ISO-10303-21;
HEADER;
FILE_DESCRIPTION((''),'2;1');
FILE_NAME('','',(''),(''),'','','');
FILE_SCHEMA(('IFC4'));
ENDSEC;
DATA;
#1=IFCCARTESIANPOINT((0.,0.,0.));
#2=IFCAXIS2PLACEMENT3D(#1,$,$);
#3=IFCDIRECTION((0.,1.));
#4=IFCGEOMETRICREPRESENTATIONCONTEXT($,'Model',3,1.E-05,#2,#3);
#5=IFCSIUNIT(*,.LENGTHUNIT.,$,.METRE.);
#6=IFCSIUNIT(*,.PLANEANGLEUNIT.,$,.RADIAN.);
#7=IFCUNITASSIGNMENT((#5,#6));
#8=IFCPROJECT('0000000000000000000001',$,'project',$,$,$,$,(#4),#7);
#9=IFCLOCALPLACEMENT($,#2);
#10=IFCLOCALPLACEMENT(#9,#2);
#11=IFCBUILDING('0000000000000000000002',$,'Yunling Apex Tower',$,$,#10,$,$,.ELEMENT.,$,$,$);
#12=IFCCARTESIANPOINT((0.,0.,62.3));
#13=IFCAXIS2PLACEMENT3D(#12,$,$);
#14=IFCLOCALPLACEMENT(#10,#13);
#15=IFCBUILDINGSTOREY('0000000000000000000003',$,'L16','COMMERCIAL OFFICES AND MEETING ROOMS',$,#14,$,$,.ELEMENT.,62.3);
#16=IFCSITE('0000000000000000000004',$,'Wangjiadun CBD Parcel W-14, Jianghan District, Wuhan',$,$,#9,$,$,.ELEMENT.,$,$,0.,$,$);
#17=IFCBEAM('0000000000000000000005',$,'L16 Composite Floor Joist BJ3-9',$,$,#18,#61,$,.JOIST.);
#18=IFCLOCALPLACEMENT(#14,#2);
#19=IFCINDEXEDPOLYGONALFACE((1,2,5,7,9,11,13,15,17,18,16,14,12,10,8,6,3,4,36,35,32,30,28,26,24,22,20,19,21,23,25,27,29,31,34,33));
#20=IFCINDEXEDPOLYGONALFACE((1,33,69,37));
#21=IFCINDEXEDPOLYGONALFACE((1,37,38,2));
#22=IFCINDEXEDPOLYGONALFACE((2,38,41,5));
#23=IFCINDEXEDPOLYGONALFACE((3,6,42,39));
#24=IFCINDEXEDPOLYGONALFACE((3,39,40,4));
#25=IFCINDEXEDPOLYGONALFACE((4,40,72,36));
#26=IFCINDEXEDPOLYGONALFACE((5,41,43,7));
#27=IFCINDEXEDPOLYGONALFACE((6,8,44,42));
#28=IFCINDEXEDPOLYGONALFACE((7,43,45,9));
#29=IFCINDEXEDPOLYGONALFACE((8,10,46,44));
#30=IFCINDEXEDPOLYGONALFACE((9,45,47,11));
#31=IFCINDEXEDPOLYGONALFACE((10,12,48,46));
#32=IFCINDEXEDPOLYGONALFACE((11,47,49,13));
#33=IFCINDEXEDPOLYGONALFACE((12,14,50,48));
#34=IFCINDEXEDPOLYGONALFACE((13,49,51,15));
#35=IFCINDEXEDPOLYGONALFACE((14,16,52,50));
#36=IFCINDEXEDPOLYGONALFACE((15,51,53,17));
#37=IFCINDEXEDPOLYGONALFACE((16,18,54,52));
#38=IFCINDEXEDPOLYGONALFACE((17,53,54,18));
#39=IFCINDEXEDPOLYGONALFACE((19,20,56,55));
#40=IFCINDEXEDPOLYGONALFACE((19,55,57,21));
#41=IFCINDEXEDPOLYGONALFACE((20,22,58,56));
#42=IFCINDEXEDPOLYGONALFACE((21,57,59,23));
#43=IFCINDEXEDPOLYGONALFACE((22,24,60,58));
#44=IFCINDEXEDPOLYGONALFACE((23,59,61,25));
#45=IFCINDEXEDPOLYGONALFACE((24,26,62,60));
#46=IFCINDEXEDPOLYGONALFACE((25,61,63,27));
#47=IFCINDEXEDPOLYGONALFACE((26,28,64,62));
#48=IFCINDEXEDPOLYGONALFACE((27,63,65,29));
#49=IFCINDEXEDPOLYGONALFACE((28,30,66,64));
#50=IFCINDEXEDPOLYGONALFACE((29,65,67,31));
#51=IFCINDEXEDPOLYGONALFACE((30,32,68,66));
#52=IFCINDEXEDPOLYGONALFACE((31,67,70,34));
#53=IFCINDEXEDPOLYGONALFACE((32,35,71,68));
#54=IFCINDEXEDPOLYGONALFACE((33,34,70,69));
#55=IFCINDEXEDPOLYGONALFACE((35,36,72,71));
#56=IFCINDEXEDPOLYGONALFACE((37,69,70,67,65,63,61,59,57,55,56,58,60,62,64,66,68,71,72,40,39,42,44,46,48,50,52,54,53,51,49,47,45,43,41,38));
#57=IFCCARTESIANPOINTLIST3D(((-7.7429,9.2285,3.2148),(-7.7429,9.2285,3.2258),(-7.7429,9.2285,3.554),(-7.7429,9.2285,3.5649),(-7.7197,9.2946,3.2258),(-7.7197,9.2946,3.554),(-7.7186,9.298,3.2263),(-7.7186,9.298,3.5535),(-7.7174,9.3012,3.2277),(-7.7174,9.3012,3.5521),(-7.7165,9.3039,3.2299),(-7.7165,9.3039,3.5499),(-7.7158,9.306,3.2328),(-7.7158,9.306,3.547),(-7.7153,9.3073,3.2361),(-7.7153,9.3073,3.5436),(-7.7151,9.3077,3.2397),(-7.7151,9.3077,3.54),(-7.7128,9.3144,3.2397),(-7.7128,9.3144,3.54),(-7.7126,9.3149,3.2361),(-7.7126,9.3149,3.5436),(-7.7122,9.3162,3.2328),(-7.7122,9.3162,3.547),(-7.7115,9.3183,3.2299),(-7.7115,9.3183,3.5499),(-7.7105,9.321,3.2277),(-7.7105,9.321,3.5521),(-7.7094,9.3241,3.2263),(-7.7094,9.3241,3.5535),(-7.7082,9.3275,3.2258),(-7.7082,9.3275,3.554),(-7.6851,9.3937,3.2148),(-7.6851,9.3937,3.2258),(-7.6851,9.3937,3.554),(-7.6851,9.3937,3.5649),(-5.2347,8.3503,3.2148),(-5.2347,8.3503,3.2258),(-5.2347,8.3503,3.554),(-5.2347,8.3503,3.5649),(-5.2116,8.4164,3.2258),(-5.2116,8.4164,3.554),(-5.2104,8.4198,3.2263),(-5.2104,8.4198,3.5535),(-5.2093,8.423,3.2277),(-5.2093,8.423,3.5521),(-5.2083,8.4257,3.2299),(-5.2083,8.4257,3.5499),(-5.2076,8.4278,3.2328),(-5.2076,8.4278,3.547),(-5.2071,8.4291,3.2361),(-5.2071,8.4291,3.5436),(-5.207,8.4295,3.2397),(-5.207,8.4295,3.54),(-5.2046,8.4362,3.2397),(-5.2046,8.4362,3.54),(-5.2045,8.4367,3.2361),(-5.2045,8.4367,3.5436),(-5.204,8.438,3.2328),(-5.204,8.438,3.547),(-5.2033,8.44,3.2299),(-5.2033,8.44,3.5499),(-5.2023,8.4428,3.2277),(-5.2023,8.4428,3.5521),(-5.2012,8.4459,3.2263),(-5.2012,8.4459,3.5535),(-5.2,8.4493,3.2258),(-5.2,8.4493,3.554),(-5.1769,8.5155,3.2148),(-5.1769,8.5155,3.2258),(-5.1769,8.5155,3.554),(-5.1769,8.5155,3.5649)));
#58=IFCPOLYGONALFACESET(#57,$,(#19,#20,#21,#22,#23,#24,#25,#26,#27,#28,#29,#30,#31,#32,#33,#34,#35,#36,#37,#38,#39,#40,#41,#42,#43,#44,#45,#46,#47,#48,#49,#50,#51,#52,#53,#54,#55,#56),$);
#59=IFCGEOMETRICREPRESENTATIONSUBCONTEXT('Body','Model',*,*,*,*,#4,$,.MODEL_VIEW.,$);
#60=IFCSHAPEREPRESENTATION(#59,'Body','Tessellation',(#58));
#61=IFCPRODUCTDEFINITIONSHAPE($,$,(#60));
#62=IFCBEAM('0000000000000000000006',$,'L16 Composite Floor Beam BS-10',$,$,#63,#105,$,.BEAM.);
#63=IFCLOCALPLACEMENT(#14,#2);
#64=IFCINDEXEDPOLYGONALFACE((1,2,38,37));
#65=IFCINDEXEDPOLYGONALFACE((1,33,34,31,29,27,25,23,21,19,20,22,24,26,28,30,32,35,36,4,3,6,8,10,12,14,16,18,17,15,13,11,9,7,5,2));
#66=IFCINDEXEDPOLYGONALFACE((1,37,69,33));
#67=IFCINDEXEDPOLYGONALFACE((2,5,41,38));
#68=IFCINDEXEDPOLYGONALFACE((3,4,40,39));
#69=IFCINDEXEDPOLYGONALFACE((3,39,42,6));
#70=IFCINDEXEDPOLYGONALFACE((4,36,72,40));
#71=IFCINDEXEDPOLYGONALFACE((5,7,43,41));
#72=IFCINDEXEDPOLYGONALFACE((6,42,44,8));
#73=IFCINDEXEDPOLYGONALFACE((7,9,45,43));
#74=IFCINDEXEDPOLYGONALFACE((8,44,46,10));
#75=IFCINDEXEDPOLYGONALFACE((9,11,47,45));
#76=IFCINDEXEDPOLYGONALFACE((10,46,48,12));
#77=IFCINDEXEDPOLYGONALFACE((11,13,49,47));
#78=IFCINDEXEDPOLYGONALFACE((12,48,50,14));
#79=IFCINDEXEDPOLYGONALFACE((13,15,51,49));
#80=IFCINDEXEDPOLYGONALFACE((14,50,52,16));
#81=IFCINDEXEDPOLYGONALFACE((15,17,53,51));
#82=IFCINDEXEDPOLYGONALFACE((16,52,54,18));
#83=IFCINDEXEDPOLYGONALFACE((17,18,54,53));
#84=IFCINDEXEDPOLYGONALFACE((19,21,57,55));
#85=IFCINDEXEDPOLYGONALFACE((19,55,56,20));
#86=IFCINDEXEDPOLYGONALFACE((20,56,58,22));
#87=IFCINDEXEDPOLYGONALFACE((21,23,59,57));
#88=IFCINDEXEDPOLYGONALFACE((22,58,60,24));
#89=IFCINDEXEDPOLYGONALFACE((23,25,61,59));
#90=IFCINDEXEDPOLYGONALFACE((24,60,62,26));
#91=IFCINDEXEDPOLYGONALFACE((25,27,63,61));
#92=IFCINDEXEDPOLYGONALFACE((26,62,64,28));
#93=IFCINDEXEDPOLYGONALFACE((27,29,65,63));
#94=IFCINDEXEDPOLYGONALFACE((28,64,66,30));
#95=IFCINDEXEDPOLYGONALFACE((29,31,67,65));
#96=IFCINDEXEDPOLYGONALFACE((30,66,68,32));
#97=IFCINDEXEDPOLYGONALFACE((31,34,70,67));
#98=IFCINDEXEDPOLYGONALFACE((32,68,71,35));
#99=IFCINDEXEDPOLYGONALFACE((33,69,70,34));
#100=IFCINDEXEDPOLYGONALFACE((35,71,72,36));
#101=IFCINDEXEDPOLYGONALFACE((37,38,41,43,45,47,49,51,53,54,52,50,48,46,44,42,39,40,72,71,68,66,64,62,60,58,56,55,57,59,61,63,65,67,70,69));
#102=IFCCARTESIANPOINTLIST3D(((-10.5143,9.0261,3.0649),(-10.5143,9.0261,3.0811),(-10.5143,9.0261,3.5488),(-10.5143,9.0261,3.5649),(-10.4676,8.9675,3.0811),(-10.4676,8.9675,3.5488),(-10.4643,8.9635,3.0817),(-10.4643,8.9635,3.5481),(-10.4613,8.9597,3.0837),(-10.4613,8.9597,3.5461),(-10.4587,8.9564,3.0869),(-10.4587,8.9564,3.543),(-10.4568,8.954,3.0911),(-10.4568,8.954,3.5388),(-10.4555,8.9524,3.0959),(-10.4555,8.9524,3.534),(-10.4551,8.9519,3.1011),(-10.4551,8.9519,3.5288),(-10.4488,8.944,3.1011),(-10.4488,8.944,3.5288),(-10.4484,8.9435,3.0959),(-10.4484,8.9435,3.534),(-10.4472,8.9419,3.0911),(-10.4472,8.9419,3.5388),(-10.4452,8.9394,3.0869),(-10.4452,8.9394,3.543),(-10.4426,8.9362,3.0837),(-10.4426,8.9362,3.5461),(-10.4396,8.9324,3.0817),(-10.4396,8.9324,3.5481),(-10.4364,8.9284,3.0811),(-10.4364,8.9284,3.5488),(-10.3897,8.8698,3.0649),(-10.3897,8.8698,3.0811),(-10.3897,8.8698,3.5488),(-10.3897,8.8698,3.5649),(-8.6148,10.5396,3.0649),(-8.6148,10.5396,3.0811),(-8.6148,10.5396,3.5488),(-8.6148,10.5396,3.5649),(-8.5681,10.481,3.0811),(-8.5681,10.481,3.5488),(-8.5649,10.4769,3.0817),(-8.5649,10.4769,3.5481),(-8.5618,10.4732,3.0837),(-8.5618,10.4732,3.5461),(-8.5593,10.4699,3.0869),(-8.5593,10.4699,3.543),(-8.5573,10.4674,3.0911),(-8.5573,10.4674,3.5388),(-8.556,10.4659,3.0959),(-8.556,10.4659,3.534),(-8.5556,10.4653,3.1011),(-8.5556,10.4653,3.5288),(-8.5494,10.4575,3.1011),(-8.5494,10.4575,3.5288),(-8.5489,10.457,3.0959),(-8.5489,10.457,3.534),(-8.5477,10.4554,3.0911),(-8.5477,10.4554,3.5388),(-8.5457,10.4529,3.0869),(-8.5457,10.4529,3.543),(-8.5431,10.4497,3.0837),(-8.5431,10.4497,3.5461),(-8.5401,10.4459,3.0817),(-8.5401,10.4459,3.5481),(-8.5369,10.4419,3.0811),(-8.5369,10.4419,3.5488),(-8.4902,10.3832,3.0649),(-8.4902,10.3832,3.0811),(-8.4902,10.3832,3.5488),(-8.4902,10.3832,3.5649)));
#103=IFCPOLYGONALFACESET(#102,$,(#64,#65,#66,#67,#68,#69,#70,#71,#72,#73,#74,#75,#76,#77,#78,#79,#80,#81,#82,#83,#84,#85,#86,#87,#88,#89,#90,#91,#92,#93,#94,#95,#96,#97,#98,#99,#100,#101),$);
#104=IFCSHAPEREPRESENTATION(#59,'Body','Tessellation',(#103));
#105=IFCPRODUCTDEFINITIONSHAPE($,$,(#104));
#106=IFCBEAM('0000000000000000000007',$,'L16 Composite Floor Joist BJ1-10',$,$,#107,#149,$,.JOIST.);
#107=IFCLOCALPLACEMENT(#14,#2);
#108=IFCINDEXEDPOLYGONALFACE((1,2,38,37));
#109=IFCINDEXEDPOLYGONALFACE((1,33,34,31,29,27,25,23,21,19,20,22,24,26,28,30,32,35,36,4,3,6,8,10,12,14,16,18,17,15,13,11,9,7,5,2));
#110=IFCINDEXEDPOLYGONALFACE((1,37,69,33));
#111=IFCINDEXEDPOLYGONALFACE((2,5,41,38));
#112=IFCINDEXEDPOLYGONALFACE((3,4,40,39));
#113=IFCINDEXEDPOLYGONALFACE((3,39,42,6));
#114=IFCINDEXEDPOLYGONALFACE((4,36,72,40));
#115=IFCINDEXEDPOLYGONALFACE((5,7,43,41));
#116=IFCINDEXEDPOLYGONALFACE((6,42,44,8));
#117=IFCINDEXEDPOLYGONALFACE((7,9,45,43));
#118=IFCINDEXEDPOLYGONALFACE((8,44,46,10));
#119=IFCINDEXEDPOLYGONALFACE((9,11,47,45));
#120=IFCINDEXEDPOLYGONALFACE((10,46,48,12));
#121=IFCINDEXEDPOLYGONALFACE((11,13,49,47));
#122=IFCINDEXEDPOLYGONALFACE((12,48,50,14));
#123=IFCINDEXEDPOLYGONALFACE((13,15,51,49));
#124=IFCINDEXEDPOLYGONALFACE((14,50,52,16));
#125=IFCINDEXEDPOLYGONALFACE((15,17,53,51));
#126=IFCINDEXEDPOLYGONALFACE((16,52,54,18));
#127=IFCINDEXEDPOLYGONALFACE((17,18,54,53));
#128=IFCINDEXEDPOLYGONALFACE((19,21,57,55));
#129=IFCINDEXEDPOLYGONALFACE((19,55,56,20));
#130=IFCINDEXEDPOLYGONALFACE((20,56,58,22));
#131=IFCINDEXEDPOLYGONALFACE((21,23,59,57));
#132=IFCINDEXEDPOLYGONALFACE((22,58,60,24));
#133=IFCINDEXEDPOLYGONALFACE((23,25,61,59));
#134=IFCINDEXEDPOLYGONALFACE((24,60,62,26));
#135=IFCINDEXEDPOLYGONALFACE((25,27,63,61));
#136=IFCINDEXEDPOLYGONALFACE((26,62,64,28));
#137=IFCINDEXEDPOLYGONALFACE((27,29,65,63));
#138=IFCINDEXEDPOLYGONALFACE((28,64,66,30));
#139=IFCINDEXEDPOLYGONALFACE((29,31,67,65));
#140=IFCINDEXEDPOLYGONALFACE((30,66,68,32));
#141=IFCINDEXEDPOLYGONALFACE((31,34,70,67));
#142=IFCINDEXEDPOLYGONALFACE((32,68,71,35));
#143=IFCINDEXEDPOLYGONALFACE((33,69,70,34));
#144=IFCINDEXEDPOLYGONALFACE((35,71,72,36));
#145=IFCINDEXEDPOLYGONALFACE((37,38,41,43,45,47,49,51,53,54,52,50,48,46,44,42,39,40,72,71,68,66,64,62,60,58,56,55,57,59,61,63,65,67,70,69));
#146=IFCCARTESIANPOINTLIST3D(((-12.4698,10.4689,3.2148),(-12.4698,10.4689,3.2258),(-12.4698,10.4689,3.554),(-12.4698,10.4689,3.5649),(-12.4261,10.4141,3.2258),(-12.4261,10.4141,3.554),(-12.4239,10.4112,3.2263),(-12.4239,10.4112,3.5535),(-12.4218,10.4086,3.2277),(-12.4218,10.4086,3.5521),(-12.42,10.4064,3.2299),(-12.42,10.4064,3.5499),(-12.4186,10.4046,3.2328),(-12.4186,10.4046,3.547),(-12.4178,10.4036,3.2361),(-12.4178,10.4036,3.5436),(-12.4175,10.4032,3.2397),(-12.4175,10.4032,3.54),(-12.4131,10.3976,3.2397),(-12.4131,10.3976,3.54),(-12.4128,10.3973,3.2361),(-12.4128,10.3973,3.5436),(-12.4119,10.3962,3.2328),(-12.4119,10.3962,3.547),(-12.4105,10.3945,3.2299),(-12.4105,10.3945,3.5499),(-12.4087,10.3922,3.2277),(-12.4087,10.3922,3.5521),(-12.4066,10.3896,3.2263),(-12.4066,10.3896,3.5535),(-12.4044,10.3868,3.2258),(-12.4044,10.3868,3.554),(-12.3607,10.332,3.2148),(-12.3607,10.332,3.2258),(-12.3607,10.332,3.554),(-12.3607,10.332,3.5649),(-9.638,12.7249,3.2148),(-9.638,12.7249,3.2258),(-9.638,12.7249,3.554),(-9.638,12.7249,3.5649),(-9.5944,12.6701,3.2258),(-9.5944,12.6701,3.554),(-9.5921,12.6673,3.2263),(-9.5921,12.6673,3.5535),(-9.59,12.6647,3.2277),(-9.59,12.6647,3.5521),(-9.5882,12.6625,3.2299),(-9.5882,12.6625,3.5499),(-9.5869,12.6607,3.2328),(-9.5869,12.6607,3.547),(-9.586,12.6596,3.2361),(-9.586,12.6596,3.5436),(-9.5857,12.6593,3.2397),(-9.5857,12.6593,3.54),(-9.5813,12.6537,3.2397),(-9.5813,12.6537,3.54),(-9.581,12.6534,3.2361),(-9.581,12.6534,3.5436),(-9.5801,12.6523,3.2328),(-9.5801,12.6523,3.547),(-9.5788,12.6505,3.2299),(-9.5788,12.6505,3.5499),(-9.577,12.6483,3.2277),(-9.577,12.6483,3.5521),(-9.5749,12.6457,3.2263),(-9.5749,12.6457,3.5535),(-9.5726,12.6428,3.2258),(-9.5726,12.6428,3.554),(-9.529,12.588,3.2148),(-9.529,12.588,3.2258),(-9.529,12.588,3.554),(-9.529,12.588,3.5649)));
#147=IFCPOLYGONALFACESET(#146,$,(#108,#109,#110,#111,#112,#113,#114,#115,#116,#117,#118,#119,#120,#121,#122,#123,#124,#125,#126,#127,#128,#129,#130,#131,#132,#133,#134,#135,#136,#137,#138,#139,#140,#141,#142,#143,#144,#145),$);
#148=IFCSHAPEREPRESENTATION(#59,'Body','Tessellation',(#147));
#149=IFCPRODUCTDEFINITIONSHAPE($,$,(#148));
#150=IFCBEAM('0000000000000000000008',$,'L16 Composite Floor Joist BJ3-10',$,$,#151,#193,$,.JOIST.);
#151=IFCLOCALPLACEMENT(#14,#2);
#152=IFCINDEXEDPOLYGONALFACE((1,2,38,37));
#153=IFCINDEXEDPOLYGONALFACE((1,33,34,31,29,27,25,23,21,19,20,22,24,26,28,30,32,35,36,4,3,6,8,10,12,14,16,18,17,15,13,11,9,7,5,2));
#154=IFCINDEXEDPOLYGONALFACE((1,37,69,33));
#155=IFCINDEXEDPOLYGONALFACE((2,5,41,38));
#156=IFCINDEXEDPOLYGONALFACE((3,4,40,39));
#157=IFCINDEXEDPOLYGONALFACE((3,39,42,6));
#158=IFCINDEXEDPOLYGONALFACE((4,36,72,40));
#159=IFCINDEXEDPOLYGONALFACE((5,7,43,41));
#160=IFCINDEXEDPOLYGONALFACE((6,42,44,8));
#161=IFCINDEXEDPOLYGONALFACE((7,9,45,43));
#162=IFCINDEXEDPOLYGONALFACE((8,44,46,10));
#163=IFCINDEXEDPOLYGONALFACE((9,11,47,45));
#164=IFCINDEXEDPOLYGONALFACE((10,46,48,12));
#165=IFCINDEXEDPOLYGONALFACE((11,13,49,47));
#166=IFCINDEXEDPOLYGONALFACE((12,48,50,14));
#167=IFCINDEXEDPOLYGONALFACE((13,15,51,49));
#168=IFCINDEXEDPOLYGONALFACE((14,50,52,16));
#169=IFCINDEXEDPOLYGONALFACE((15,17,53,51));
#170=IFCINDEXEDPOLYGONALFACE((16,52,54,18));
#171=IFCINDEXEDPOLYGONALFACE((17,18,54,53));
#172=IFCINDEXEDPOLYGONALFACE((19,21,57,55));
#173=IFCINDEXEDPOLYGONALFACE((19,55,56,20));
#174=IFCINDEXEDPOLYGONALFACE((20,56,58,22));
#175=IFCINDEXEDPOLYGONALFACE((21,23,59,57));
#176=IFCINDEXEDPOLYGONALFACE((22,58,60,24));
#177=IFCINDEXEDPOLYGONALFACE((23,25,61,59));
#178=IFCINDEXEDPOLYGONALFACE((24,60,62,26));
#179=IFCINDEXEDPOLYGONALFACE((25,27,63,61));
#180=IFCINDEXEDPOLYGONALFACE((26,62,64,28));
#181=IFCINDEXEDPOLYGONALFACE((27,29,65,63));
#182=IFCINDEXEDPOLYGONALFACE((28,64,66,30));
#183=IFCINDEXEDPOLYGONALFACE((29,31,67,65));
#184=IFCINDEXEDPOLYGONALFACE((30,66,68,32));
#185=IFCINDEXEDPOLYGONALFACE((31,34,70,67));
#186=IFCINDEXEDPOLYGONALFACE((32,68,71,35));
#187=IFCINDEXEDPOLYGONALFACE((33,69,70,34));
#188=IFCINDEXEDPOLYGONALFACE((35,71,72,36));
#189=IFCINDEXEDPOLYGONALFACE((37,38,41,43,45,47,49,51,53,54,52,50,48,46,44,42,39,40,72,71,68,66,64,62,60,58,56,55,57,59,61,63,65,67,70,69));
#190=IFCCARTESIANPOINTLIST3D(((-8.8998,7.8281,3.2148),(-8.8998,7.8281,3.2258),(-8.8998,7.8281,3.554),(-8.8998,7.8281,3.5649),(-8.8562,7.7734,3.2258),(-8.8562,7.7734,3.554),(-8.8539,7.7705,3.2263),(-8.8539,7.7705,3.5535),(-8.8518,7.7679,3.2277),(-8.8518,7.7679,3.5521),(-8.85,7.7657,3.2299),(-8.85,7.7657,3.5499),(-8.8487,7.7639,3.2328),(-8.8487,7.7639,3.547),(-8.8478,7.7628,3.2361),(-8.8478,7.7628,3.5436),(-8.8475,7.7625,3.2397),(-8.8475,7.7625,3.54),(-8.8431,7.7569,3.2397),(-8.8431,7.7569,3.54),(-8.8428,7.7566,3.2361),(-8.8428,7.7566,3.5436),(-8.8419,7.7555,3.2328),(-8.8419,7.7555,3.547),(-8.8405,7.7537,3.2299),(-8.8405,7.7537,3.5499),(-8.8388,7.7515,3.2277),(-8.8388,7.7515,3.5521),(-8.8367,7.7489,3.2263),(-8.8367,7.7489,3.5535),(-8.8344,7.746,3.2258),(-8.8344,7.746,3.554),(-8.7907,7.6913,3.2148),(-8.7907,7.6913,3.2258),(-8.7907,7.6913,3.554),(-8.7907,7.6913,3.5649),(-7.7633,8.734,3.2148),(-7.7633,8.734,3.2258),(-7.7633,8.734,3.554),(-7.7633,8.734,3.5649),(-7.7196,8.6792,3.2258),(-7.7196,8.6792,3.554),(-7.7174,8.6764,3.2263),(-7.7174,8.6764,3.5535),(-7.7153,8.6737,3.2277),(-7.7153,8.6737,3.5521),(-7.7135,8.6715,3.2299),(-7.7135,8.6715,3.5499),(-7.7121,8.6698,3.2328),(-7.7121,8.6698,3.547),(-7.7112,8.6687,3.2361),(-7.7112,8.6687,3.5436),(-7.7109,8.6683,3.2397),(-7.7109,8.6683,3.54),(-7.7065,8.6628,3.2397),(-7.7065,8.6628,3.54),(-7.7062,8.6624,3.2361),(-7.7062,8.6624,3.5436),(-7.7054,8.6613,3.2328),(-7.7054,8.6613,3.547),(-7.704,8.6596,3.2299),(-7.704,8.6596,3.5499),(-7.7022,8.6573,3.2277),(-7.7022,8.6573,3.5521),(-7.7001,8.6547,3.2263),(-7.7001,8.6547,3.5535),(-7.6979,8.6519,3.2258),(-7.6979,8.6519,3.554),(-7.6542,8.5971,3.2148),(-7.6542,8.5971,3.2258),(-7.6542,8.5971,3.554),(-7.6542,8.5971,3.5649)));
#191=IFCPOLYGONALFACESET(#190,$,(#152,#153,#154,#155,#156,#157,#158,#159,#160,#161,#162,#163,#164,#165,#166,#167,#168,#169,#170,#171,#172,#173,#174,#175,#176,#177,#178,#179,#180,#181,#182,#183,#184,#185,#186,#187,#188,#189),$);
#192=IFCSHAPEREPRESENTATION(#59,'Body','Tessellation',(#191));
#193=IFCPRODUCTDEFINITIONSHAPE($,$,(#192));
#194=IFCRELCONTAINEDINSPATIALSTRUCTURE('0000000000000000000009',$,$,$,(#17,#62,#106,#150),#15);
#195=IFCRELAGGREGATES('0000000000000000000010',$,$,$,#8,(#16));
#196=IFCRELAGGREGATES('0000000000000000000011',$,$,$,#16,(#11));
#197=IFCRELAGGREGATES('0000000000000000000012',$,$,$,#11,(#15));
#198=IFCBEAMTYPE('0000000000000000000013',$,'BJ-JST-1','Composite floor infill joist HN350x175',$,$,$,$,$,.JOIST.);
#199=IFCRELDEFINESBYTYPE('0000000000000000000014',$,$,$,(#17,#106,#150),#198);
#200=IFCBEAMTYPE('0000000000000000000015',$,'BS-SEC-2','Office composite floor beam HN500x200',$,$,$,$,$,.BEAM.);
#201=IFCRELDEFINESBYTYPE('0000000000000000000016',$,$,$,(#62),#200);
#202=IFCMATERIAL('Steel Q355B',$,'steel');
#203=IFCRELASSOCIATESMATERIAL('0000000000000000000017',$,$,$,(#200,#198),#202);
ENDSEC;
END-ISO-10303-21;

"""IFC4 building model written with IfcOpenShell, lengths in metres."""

from ifc_helpers import new_model, si_unit, direction, frame, origin, origin_2d, place, context, subcontext, project, spatial, i_section, extrude, source, transform, mapped, material, material_profile, profile_set, type_object, element, save


model = new_model("IFC4")

# Units and contexts
model_context = context("Model", 3, precision=1e-05, world=origin(), true_north=direction((0.0, 1.0)))
body_context = subcontext(model_context, "Body", "Model", "MODEL_VIEW")
ifc_project = project(units=[si_unit("LENGTHUNIT", "METRE"), si_unit("PLANEANGLEUNIT", "RADIAN")], contexts=[model_context])

# Site, building, storey
site_placement = place(None, origin())
site = spatial("IfcSite", under=ifc_project, at=site_placement, Name="Wangjiadun CBD Parcel W-14, Jianghan District, Wuhan", CompositionType="ELEMENT", RefElevation=0.0)
building_placement = place(site_placement, origin())
building = spatial("IfcBuilding", under=site, at=building_placement, Name="Yunling Apex Tower", CompositionType="ELEMENT")
storey_placement = place(building_placement, frame((0.0, 0.0, 62.3)))
storey = spatial("IfcBuildingStorey", under=building, at=storey_placement, Name="L16", Description="COMMERCIAL OFFICES AND MEETING ROOMS", CompositionType="ELEMENT", Elevation=62.3)

# Beams
ifc_material_1 = material(Name="Steel Q355B", Category="steel")
ifc_material_profile_1 = material_profile(ifc_material_1, i_section(OverallWidth=0.2, OverallDepth=0.5, WebThickness=0.01, FlangeThickness=0.0161, FilletRadius=0.02, at=origin_2d()))
ifc_profile_set_1 = profile_set([ifc_material_profile_1], Name="Steel Q355B")
beam_type_1 = type_object("IfcBeamType", Name="BS-SEC-2", Description="Office composite floor beam HN500x200", PredefinedType="BEAM", material=ifc_profile_set_1)
ifc_material_profile_2 = material_profile(ifc_material_1, i_section(OverallWidth=0.175, OverallDepth=0.3501, WebThickness=0.0071, FlangeThickness=0.011, FilletRadius=0.0139, at=origin_2d()))
ifc_profile_set_2 = profile_set([ifc_material_profile_2], Name="Steel Q355B")
beam_type_2 = type_object("IfcBeamType", Name="BJ-JST-1", Description="Composite floor infill joist HN350x175", PredefinedType="JOIST", material=ifc_profile_set_2)
shared_shape_1 = source(origin(), body_context, "Body", "SweptSolid", [
    extrude(i_section(OverallWidth=0.175, OverallDepth=0.3501, WebThickness=0.0071, FlangeThickness=0.011, FilletRadius=0.0139, at=origin_2d()), origin(), (0.0, 0.0, 1.0), 2.6575),
])
beam_1_placement = place(storey_placement, frame((-5.2058, 8.4329, 3.3899), z_axis=(-0.943817, 0.330469, 0.0), x_axis=(-0.330469, -0.943817, 0.0)))
element("IfcBeam", 1, at=beam_1_placement, inside=storey, type_object=beam_type_2, Name="L16 Composite Floor Joist BJ3-9", PredefinedType="JOIST", context=body_context, shape_type="MappedRepresentation", body=[
    mapped(shared_shape_1, transform((0.0, 0.0, 0.0), scale=1.0)),
])
shared_shape_2 = source(origin(), body_context, "Body", "SweptSolid", [
    extrude(i_section(OverallWidth=0.2, OverallDepth=0.5, WebThickness=0.01, FlangeThickness=0.0161, FilletRadius=0.02, at=origin_2d()), origin(), (0.0, 0.0, 1.0), 2.4287),
])
beam_2_placement = place(storey_placement, frame((-8.5525, 10.4614, 3.3149), z_axis=(-0.782093, -0.623161, 0.0), x_axis=(0.623161, -0.782093, 0.0)))
element("IfcBeam", 2, at=beam_2_placement, inside=storey, type_object=beam_type_1, Name="L16 Composite Floor Beam BS-10", PredefinedType="BEAM", context=body_context, shape_type="MappedRepresentation", body=[
    mapped(shared_shape_2, transform((0.0, 0.0, 0.0), scale=1.0)),
])
shared_shape_3 = source(origin(), body_context, "Body", "SweptSolid", [
    extrude(i_section(OverallWidth=0.175, OverallDepth=0.3501, WebThickness=0.0071, FlangeThickness=0.011, FilletRadius=0.0139, at=origin_2d()), origin(), (0.0, 0.0, 1.0), 3.6206),
])
beam_3_placement = place(storey_placement, frame((-9.5835, 12.6565, 3.3899), z_axis=(-0.782124, -0.623123, 0.0), x_axis=(0.623123, -0.782124, 0.0)))
element("IfcBeam", 3, at=beam_3_placement, inside=storey, type_object=beam_type_2, Name="L16 Composite Floor Joist BJ1-10", PredefinedType="JOIST", context=body_context, shape_type="MappedRepresentation", body=[
    mapped(shared_shape_3, transform((0.0, 0.0, 0.0), scale=1.0)),
])
shared_shape_4 = source(origin(), body_context, "Body", "SweptSolid", [
    extrude(i_section(OverallWidth=0.175, OverallDepth=0.3501, WebThickness=0.0071, FlangeThickness=0.011, FilletRadius=0.0139, at=origin_2d()), origin(), (0.0, 0.0, 1.0), 1.4534),
])
beam_4_placement = place(storey_placement, frame((-7.7087, 8.6655, 3.3899), z_axis=(-0.782015, -0.62326, 0.0), x_axis=(0.62326, -0.782015, 0.0)))
element("IfcBeam", 4, at=beam_4_placement, inside=storey, type_object=beam_type_2, Name="L16 Composite Floor Joist BJ3-10", PredefinedType="JOIST", context=body_context, shape_type="MappedRepresentation", body=[
    mapped(shared_shape_4, transform((0.0, 0.0, 0.0), scale=1.0)),
])

save(model, "model.ifc")
